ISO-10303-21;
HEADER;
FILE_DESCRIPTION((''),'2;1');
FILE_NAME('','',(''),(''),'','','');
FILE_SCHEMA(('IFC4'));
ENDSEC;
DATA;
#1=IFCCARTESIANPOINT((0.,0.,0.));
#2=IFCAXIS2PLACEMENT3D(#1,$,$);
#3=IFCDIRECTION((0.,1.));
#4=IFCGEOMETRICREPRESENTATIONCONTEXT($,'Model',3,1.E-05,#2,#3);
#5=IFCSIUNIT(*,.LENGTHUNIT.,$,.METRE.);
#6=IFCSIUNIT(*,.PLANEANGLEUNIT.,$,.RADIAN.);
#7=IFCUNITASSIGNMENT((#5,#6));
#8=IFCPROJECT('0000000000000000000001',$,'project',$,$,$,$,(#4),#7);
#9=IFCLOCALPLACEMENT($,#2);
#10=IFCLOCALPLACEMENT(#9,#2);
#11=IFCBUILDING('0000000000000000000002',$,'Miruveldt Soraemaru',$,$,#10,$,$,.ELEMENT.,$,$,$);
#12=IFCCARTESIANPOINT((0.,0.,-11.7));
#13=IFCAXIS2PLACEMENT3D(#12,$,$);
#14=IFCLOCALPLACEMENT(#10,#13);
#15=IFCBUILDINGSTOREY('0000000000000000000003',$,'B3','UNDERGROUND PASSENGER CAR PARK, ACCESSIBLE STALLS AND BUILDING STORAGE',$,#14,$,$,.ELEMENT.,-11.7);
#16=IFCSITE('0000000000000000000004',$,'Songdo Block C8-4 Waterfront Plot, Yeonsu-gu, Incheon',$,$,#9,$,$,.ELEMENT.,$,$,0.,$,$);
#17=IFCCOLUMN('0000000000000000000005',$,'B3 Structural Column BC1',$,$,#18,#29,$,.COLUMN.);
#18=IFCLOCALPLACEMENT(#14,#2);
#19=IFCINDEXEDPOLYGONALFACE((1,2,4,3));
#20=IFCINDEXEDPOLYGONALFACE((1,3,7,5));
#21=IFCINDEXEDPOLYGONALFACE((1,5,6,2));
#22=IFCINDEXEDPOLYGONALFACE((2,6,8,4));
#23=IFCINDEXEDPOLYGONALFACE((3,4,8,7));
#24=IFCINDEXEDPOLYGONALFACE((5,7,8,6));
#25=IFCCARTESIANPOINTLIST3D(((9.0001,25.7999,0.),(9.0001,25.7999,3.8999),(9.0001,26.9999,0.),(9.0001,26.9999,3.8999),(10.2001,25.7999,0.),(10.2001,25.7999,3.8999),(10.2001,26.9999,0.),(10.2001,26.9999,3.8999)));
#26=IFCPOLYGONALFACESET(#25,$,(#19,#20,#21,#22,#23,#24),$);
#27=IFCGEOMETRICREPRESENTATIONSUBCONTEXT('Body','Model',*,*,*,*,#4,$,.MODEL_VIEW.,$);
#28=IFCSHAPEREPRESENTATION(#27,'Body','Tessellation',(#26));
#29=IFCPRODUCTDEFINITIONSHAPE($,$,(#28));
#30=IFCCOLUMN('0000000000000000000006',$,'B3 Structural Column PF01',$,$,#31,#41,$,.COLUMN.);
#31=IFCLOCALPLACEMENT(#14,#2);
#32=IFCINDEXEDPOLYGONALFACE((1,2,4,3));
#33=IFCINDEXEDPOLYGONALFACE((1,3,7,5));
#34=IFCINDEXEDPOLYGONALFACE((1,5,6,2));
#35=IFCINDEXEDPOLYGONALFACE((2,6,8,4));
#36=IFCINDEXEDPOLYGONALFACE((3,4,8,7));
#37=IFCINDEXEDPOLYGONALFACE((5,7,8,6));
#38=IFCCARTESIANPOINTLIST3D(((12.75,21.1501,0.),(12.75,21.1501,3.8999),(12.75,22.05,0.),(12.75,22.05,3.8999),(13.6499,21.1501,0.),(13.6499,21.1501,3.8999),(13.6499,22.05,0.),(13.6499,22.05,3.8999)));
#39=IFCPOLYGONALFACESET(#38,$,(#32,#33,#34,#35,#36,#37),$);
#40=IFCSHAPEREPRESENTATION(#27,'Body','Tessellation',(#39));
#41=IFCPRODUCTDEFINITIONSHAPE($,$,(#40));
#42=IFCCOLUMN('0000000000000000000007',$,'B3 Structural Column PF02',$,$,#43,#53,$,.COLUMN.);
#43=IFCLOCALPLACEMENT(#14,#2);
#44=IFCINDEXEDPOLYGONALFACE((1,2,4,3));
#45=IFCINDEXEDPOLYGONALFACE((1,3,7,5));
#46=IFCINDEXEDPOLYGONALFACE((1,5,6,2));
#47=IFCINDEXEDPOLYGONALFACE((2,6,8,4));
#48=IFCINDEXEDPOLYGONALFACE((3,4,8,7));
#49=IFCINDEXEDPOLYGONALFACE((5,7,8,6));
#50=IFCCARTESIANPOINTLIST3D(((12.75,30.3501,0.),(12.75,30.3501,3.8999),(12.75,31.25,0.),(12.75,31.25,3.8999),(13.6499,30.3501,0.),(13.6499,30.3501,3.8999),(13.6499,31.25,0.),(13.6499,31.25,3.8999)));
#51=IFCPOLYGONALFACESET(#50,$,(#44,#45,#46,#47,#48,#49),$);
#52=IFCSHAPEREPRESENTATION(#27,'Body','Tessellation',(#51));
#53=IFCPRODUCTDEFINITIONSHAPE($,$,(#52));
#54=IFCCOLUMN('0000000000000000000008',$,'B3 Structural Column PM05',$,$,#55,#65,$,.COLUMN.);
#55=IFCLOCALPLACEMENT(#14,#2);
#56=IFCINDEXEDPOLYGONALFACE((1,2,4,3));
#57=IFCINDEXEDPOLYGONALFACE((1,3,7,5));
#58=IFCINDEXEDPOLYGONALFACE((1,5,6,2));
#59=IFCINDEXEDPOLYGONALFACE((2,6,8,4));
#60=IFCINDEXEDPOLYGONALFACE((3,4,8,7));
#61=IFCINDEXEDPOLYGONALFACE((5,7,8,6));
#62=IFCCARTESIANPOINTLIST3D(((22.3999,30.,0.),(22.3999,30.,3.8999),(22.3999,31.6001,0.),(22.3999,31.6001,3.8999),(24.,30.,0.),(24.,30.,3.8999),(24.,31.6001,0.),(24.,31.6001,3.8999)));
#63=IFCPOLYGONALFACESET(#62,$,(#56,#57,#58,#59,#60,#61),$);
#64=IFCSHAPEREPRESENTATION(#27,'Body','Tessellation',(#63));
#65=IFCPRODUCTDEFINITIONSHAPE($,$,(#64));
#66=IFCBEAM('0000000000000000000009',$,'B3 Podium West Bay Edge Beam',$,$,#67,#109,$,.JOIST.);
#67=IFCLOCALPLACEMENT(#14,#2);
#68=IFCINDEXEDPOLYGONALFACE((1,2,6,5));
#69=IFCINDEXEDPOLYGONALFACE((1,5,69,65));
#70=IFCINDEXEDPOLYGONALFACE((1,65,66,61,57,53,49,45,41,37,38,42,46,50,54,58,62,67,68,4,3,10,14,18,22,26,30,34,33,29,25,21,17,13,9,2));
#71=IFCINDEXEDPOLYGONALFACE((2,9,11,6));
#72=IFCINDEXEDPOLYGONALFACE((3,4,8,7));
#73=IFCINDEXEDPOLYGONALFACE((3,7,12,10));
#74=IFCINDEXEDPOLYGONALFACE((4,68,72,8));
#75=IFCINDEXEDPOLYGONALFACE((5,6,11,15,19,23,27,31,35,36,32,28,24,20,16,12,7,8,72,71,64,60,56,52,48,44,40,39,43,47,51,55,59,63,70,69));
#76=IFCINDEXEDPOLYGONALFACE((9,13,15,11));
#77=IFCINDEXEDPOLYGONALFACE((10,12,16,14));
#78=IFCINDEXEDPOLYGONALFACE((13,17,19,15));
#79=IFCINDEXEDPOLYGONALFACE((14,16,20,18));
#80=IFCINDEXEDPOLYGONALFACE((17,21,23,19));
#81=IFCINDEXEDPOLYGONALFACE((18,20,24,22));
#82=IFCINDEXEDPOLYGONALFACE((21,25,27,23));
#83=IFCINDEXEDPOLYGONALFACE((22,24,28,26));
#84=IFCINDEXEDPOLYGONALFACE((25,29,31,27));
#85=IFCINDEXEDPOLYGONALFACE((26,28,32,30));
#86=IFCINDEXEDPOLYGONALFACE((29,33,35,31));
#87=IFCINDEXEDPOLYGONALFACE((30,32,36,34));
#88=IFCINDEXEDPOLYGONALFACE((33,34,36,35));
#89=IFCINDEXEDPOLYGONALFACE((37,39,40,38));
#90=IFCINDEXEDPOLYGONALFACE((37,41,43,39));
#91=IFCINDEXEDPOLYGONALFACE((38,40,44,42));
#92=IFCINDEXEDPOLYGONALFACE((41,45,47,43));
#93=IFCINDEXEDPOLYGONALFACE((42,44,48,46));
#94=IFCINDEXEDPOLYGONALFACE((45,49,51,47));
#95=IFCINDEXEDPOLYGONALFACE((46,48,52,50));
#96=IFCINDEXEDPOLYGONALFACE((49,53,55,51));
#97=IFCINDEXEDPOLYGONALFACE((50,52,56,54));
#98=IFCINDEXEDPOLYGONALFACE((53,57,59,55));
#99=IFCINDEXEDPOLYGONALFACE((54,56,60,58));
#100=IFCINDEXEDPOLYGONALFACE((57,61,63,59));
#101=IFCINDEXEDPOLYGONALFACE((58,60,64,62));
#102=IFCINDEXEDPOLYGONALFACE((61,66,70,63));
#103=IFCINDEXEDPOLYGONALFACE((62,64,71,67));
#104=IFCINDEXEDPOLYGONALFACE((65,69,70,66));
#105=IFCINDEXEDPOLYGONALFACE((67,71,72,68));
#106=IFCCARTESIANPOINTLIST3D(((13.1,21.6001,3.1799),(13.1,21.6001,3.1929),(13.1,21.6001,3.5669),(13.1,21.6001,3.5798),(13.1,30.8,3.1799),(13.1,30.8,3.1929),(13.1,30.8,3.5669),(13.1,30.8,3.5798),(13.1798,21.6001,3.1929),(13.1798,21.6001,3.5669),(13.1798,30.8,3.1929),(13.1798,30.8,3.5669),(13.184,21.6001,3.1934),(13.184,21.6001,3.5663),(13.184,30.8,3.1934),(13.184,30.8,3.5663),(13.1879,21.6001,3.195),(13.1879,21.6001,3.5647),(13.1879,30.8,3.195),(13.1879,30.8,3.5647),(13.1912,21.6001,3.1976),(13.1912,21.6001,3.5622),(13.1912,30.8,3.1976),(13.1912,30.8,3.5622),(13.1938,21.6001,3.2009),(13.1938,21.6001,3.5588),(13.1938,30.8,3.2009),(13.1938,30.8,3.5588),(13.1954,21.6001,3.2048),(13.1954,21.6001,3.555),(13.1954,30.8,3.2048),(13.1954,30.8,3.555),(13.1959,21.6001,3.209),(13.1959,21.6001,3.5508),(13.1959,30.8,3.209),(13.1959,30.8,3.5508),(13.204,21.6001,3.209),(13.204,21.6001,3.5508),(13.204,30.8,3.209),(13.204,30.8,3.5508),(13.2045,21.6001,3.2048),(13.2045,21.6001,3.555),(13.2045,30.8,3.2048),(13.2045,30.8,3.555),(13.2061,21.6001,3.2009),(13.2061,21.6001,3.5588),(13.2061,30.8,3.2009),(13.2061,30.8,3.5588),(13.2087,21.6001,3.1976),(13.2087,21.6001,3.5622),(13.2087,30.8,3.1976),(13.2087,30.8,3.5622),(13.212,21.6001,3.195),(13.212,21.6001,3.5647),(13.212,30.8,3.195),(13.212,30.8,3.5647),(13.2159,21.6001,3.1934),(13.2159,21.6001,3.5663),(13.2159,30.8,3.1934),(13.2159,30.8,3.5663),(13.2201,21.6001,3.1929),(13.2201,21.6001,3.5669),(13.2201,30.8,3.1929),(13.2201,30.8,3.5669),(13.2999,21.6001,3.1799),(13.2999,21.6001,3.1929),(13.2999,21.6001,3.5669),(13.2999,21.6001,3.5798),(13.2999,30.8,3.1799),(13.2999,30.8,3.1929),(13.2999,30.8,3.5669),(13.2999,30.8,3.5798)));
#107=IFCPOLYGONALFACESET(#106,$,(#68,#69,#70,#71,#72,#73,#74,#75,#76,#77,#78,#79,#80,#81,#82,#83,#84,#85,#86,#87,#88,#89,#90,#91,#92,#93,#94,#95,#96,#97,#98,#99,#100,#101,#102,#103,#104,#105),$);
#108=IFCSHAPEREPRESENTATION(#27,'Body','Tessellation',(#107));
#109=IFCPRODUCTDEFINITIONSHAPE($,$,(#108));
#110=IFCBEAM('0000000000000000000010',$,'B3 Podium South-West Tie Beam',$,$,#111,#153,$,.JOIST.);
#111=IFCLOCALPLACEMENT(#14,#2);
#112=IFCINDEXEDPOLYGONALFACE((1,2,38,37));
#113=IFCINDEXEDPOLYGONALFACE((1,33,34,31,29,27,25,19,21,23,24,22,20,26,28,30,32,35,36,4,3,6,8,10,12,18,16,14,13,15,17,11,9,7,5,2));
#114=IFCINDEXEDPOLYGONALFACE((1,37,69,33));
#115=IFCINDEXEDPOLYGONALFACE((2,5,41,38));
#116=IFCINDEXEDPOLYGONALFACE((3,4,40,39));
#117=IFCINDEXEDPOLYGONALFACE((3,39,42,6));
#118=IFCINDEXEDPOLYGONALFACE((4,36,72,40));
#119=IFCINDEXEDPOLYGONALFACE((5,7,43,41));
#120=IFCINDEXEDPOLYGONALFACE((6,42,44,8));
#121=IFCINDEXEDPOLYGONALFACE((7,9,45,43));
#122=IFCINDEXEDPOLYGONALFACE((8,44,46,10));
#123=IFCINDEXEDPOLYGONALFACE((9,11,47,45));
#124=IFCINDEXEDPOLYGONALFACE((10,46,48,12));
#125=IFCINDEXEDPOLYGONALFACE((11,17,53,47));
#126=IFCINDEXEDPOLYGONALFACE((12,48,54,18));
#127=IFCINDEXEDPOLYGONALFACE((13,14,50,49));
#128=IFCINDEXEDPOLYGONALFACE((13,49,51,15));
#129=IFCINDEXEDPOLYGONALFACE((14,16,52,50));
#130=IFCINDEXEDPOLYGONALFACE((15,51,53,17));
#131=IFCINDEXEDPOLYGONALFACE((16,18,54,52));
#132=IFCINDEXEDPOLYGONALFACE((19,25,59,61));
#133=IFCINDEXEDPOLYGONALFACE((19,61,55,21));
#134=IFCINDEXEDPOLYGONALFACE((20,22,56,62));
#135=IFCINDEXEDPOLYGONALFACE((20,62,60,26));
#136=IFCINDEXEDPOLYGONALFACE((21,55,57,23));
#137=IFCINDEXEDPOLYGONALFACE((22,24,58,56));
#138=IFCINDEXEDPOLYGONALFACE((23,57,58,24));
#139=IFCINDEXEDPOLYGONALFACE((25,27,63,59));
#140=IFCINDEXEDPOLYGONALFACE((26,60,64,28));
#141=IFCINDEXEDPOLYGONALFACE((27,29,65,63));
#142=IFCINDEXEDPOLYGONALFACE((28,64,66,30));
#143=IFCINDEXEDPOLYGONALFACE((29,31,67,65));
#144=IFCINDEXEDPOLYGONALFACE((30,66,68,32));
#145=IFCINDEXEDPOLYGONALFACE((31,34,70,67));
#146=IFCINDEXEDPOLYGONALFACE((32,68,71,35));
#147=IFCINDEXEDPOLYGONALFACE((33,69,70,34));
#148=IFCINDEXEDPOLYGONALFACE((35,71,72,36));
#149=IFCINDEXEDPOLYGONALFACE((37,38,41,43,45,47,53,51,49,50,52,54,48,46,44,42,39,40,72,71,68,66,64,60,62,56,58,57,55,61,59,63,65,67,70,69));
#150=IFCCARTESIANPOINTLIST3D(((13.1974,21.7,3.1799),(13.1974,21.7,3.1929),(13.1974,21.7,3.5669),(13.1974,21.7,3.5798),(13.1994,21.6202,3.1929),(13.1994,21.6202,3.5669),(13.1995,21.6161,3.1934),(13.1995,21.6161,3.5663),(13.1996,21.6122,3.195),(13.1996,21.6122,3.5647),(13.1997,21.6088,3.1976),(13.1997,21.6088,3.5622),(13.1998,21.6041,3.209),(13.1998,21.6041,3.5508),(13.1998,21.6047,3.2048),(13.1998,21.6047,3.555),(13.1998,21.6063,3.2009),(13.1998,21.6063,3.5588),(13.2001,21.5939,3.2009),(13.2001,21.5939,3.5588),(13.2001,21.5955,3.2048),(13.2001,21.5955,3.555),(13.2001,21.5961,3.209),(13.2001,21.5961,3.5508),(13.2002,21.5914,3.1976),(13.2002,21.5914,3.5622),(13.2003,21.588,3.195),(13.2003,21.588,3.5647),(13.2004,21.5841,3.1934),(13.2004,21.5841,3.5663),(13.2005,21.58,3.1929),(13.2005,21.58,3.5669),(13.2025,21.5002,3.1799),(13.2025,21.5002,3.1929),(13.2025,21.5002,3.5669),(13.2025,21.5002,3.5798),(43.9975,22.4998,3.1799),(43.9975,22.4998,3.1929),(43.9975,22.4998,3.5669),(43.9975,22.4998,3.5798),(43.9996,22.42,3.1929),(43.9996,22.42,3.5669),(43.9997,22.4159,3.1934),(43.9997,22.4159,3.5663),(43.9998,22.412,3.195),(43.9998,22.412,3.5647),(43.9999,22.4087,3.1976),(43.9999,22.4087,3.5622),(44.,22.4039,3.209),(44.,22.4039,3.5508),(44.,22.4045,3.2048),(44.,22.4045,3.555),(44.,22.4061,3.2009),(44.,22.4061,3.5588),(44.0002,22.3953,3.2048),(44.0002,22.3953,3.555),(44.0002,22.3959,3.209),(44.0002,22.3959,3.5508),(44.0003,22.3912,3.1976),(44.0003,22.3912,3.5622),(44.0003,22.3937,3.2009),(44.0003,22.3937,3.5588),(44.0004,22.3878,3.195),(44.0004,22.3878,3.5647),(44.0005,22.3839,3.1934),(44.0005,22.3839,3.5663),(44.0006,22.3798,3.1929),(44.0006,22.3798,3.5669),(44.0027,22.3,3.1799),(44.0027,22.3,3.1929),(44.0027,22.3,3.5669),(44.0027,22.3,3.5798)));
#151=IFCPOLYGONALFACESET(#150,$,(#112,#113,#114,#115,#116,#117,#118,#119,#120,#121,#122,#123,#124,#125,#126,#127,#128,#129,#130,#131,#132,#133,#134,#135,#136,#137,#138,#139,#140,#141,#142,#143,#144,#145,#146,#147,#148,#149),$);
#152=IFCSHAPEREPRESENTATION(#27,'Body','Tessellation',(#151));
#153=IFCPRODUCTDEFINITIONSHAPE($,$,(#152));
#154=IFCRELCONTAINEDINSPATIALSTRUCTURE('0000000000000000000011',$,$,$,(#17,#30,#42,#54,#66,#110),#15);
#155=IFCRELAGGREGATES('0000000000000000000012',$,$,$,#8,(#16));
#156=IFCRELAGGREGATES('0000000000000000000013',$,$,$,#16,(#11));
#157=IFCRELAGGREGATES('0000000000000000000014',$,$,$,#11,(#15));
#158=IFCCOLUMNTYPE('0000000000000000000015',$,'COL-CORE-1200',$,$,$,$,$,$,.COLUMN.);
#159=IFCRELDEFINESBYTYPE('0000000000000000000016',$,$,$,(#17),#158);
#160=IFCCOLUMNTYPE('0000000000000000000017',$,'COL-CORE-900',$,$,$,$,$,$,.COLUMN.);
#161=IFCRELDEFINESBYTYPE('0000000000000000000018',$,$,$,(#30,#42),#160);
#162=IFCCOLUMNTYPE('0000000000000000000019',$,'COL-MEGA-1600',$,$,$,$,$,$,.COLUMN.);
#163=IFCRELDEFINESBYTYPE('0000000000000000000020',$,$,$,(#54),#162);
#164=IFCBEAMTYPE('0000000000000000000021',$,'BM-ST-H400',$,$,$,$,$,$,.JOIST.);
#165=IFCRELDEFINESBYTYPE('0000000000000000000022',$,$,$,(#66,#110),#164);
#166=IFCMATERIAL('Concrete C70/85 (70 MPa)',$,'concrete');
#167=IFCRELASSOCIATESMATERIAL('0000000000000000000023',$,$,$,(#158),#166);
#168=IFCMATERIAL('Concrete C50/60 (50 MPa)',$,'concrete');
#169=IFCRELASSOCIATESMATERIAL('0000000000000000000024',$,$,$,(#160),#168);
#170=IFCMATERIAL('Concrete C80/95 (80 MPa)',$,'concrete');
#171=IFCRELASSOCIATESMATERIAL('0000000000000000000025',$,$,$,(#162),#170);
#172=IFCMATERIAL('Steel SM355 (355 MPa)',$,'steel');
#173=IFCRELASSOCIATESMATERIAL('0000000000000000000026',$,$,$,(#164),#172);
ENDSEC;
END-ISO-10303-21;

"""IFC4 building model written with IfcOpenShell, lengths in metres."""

from ifc_helpers import new_model, si_unit, direction, frame, origin, origin_2d, place, context, subcontext, project, spatial, rectangle, i_section, extrude, material, material_profile, profile_set, type_object, element, save


model = new_model("IFC4")

# Units and contexts
model_context = context("Model", 3, precision=1e-05, world=origin(), true_north=direction((0.0, 1.0)))
body_context = subcontext(model_context, "Body", "Model", "MODEL_VIEW")
ifc_project = project(units=[si_unit("LENGTHUNIT", "METRE"), si_unit("PLANEANGLEUNIT", "RADIAN")], contexts=[model_context])

# Site, building, storey
site_placement = place(None, origin())
site = spatial("IfcSite", under=ifc_project, at=site_placement, Name="Songdo Block C8-4 Waterfront Plot, Yeonsu-gu, Incheon", CompositionType="ELEMENT", RefElevation=0.0)
building_placement = place(site_placement, origin())
building = spatial("IfcBuilding", under=site, at=building_placement, Name="Miruveldt Soraemaru", CompositionType="ELEMENT")
storey_placement = place(building_placement, frame((0.0, 0.0, -11.7)))
storey = spatial("IfcBuildingStorey", under=building, at=storey_placement, Name="B3", Description="UNDERGROUND PASSENGER CAR PARK, ACCESSIBLE STALLS AND BUILDING STORAGE", CompositionType="ELEMENT", Elevation=-11.7)

# Columns
ifc_material_1 = material(Name="Concrete C70/85 (70 MPa)", Category="concrete")
ifc_material_profile_1 = material_profile(ifc_material_1, rectangle(XDim=1.2, YDim=1.2, at=origin_2d()), Name="Concrete C70/85 (70 MPa)", Category="concrete")
ifc_profile_set_1 = profile_set([ifc_material_profile_1], Name="Concrete C70/85 (70 MPa)")
column_type_1 = type_object("IfcColumnType", Name="COL-CORE-1200", PredefinedType="COLUMN", material=ifc_profile_set_1)
column_1_placement = place(storey_placement, frame((9.6001, 26.3999, 0.0), z_axis=(0.0, 0.0, 1.0), x_axis=(1.0, 0.0, 0.0)))
element("IfcColumn", 1, at=column_1_placement, inside=storey, type_object=column_type_1, Name="B3 Structural Column BC1", PredefinedType="COLUMN", context=body_context, shape_type="SweptSolid", body=[
    extrude(rectangle(XDim=1.2, YDim=1.2, at=origin_2d()), origin(), (0.0, 0.0, 1.0), 3.8999),
])
ifc_material_2 = material(Name="Concrete C50/60 (50 MPa)", Category="concrete")
ifc_material_profile_2 = material_profile(ifc_material_2, rectangle(XDim=0.8999, YDim=0.8999, at=origin_2d()), Name="Concrete C50/60 (50 MPa)", Category="concrete")
ifc_profile_set_2 = profile_set([ifc_material_profile_2], Name="Concrete C50/60 (50 MPa)")
column_type_2 = type_object("IfcColumnType", Name="COL-CORE-900", PredefinedType="COLUMN", material=ifc_profile_set_2)
for number, where, z_axis, x_axis, name in (
    (2, (13.2, 21.6001, 0.0), (0.0, 0.0, 1.0), (1.0, 0.0, 0.0), "B3 Structural Column PF01"),
    (3, (13.2, 30.8, 0.0), (0.0, 0.0, 1.0), (1.0, 0.0, 0.0), "B3 Structural Column PF02"),
):
    element("IfcColumn", number, at=place(storey_placement, frame(where, z_axis=z_axis, x_axis=x_axis)), inside=storey, type_object=column_type_2, Name=name, PredefinedType="COLUMN", context=body_context, shape_type="SweptSolid", body=[
        extrude(rectangle(XDim=0.8999, YDim=0.8999, at=origin_2d()), origin(), (0.0, 0.0, 1.0), 3.8999),
    ])
ifc_material_3 = material(Name="Concrete C80/95 (80 MPa)", Category="concrete")
ifc_material_profile_3 = material_profile(ifc_material_3, rectangle(XDim=1.6001, YDim=1.6001, at=origin_2d()), Name="Concrete C80/95 (80 MPa)", Category="concrete")
ifc_profile_set_3 = profile_set([ifc_material_profile_3], Name="Concrete C80/95 (80 MPa)")
column_type_3 = type_object("IfcColumnType", Name="COL-MEGA-1600", PredefinedType="COLUMN", material=ifc_profile_set_3)
column_2_placement = place(storey_placement, frame((23.2, 30.8, 0.0), z_axis=(0.0, 0.0, 1.0), x_axis=(1.0, 0.0, 0.0)))
element("IfcColumn", 4, at=column_2_placement, inside=storey, type_object=column_type_3, Name="B3 Structural Column PM05", PredefinedType="COLUMN", context=body_context, shape_type="SweptSolid", body=[
    extrude(rectangle(XDim=1.6001, YDim=1.6001, at=origin_2d()), origin(), (0.0, 0.0, 1.0), 3.8999),
])

# Beams
ifc_material_4 = material(Name="Steel SM355 (355 MPa)", Category="steel")
ifc_material_profile_4 = material_profile(ifc_material_4, i_section(OverallWidth=0.2, OverallDepth=0.3999, WebThickness=0.0081, FlangeThickness=0.0129, FilletRadius=0.0161, at=origin_2d()), Name="Steel SM355 (355 MPa)", Category="steel")
ifc_profile_set_4 = profile_set([ifc_material_profile_4], Name="Steel SM355 (355 MPa)")
beam_type_1 = type_object("IfcBeamType", Name="BM-ST-H400", PredefinedType="JOIST", material=ifc_profile_set_4)
beam_1_placement = place(storey_placement, frame((13.2, 30.8, 3.3799), z_axis=(0.0, -1.0, 0.0), x_axis=(1.0, 0.0, 0.0)))
element("IfcBeam", 5, at=beam_1_placement, inside=storey, type_object=beam_type_1, Name="B3 Podium West Bay Edge Beam", PredefinedType="JOIST", context=body_context, shape_type="SweptSolid", body=[
    extrude(i_section(OverallWidth=0.2, OverallDepth=0.3999, WebThickness=0.0081, FlangeThickness=0.0129, FilletRadius=0.0161, at=origin_2d()), origin(), (0.0, 0.0, 1.0), 9.2),
])
beam_2_placement = place(storey_placement, frame((13.2, 21.6001, 3.3799), z_axis=(0.999663, 0.025959, 0.0), x_axis=(-0.025959, 0.999663, 0.0)))
element("IfcBeam", 6, at=beam_2_placement, inside=storey, type_object=beam_type_1, Name="B3 Podium South-West Tie Beam", PredefinedType="JOIST", context=body_context, shape_type="SweptSolid", body=[
    extrude(i_section(OverallWidth=0.2, OverallDepth=0.3999, WebThickness=0.0081, FlangeThickness=0.0129, FilletRadius=0.0161, at=origin_2d()), origin(), (0.0, 0.0, 1.0), 30.8105),
])

save(model, "model.ifc")
